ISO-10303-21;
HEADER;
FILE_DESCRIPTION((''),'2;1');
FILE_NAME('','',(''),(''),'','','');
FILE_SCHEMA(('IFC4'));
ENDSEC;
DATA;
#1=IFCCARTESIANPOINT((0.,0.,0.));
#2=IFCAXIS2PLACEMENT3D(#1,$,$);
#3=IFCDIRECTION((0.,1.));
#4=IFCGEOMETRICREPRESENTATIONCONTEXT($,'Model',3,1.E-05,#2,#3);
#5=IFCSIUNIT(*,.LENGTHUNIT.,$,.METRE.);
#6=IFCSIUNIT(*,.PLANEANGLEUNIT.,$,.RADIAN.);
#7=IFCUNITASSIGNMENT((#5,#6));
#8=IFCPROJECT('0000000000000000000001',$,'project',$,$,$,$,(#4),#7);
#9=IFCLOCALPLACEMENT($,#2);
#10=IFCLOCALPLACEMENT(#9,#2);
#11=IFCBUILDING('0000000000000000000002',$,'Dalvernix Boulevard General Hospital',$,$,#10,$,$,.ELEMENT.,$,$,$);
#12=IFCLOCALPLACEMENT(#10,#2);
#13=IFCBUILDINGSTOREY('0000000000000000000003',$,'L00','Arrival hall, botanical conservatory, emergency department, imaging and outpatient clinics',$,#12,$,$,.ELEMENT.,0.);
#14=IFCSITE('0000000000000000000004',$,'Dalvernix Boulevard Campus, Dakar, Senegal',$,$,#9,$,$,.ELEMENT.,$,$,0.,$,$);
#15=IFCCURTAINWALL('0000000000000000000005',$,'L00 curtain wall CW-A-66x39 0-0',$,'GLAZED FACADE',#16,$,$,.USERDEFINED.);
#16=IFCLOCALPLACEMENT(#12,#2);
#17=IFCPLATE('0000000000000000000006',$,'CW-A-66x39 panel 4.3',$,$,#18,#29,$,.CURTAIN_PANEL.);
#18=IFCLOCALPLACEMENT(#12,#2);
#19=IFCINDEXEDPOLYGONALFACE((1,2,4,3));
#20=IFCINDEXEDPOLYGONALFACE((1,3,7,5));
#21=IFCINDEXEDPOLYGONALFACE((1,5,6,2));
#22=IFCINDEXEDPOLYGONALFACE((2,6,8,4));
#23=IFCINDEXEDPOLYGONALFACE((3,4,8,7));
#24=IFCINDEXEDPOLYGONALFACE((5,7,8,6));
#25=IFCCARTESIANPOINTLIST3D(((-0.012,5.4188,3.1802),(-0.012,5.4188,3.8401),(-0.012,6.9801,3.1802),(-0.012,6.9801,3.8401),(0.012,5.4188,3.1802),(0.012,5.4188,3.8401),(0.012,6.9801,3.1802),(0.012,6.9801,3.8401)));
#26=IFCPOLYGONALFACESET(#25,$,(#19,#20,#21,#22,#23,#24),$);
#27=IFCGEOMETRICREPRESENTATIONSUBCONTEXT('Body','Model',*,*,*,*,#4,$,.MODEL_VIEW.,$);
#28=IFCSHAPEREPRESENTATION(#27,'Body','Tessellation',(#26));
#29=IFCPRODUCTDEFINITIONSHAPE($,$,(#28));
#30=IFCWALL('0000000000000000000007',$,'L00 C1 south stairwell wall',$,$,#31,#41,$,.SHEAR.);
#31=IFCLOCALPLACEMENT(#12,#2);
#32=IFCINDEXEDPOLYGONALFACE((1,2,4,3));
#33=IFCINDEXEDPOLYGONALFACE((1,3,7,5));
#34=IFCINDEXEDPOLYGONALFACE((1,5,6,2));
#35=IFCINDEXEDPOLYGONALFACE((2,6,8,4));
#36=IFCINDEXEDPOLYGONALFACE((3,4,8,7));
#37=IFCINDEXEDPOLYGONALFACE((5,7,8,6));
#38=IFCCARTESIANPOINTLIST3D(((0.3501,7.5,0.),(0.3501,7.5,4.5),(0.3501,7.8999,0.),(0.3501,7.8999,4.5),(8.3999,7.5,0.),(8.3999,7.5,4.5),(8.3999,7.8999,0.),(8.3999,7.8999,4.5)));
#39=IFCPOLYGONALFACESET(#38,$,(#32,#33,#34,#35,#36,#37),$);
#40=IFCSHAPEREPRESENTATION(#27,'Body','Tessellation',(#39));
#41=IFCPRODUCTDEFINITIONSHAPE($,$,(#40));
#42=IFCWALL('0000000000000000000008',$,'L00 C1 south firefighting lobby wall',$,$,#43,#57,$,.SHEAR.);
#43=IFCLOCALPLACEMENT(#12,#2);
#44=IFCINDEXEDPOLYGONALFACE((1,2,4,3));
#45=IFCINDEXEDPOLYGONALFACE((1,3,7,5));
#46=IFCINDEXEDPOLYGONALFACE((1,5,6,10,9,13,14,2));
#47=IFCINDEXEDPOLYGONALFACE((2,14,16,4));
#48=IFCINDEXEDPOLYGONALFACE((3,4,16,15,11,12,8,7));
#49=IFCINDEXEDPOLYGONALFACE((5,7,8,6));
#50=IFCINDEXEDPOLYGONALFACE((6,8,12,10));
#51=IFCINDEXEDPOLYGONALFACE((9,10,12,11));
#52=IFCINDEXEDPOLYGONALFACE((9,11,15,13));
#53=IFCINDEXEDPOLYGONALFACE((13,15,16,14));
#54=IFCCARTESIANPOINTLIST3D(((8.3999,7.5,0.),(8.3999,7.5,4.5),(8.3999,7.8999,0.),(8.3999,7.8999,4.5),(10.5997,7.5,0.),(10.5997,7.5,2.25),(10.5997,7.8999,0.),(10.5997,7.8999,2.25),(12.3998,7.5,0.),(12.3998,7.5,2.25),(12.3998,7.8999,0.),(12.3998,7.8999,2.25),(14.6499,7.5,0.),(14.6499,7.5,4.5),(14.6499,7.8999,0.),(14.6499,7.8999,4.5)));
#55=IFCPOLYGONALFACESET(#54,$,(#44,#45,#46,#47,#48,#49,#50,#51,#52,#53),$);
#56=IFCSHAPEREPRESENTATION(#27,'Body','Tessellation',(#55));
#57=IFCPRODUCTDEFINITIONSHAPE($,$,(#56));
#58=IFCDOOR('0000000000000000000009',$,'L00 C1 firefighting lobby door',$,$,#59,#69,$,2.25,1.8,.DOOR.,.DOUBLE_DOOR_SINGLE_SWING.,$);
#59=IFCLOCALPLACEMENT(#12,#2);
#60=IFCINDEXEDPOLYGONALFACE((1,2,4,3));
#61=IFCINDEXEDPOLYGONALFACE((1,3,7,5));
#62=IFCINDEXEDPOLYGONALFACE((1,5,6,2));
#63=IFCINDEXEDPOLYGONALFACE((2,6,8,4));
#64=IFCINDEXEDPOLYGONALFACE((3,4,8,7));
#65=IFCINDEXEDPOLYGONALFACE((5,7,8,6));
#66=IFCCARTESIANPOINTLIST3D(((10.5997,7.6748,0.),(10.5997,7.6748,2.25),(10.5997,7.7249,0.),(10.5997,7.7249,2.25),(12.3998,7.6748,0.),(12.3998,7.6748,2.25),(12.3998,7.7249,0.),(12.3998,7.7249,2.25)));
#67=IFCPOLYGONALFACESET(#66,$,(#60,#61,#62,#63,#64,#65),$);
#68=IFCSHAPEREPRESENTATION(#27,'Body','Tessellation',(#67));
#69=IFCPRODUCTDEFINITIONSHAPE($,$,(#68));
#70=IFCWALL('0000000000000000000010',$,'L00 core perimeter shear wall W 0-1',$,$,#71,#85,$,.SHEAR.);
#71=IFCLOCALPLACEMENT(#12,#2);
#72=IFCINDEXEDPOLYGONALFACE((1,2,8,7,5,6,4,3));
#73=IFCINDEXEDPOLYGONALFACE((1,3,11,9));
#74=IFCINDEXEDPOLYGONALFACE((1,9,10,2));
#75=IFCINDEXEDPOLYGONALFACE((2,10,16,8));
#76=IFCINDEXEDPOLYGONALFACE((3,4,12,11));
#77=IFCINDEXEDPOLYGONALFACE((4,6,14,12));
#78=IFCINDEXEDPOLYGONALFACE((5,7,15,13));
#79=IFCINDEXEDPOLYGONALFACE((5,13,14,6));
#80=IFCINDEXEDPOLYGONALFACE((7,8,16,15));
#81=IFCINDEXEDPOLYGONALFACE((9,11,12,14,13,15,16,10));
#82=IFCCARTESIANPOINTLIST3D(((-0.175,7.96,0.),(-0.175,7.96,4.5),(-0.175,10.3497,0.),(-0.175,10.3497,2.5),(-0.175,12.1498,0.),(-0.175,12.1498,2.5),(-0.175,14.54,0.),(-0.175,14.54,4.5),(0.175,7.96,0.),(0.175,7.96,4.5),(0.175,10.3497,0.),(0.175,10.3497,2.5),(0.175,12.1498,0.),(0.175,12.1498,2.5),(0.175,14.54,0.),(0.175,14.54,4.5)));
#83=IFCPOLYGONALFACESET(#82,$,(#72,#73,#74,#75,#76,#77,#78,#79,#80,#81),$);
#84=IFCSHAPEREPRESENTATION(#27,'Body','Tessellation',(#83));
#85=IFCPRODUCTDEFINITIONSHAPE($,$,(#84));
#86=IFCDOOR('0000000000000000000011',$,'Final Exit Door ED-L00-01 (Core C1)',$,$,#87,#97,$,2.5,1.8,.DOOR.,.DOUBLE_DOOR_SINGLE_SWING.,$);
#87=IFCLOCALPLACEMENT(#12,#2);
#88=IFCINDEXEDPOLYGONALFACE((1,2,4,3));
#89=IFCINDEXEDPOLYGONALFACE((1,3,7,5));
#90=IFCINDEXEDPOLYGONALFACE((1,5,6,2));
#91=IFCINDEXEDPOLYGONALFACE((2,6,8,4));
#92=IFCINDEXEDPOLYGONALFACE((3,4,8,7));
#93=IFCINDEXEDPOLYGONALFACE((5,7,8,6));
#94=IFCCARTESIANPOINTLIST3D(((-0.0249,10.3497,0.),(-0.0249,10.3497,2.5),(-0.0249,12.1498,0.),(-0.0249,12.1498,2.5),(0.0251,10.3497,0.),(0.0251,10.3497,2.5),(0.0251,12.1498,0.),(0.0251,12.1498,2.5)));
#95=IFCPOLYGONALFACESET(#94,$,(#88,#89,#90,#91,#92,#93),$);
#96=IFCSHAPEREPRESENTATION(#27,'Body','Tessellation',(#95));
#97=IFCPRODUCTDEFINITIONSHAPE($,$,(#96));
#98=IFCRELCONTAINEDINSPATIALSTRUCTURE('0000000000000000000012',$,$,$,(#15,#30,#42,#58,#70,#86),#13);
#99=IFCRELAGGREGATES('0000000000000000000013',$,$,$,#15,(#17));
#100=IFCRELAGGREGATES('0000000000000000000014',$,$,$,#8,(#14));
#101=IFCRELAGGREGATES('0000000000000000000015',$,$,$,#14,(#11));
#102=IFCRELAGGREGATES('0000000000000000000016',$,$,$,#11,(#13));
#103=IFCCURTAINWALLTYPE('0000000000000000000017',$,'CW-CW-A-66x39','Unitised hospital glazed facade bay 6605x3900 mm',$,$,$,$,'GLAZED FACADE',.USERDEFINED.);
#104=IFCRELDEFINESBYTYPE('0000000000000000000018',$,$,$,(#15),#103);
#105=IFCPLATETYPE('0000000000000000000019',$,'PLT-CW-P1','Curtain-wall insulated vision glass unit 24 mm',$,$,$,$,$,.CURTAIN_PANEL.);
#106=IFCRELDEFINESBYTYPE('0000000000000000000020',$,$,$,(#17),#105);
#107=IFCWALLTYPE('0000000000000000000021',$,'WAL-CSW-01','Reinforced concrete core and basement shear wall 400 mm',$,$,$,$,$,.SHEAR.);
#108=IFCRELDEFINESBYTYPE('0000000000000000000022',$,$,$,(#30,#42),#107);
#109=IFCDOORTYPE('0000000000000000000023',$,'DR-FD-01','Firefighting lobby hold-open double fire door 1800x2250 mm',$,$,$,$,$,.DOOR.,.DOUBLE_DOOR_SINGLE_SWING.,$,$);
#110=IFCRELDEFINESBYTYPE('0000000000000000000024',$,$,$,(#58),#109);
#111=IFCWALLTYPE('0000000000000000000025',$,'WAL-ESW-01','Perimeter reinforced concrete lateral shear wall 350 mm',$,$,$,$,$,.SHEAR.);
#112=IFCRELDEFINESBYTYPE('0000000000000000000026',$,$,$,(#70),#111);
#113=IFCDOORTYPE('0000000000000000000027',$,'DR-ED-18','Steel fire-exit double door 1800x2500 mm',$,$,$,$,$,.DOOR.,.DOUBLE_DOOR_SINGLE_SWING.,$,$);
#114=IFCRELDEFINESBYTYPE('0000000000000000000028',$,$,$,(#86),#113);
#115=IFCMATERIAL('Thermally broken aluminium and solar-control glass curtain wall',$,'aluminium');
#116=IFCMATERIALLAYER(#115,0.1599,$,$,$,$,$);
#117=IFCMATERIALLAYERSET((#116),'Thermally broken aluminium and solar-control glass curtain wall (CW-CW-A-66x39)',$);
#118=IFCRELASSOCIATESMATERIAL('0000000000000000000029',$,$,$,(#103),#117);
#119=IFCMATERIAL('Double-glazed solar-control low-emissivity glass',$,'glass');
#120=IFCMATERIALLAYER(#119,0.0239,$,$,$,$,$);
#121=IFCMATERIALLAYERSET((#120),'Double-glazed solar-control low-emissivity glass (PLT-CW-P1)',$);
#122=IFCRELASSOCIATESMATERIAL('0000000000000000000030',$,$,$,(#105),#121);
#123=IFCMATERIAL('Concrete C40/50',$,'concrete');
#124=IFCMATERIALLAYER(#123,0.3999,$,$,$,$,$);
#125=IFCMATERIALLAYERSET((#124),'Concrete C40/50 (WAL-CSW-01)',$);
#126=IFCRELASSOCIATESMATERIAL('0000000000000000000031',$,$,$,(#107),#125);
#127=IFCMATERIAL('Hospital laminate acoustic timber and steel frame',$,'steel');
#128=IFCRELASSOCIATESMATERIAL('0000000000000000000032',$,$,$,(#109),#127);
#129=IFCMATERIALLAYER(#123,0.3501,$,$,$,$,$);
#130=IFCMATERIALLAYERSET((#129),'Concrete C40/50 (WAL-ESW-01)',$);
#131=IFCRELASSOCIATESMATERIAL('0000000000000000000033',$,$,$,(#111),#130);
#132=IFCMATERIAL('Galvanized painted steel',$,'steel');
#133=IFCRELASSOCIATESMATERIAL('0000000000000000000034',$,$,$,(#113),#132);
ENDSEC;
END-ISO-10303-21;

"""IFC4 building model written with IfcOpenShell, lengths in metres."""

from ifc_helpers import new_model, si_unit, direction, frame, frame_2d, origin, origin_2d, place, context, subcontext, project, spatial, rectangle, extrude, material, layer, layer_set, type_object, element, fill, aggregate, save


model = new_model("IFC4")

# Units and contexts
model_context = context("Model", 3, precision=1e-05, world=origin(), true_north=direction((0.0, 1.0)))
body_context = subcontext(model_context, "Body", "Model", "MODEL_VIEW")
ifc_project = project(units=[si_unit("LENGTHUNIT", "METRE"), si_unit("PLANEANGLEUNIT", "RADIAN")], contexts=[model_context])

# Site, building, storey
site_placement = place(None, origin())
site = spatial("IfcSite", under=ifc_project, at=site_placement, Name="Dalvernix Boulevard Campus, Dakar, Senegal", CompositionType="ELEMENT", RefElevation=0.0)
building_placement = place(site_placement, origin())
building = spatial("IfcBuilding", under=site, at=building_placement, Name="Dalvernix Boulevard General Hospital", CompositionType="ELEMENT")
storey_placement = place(building_placement, origin())
storey = spatial("IfcBuildingStorey", under=building, at=storey_placement, Name="L00", Description="Arrival hall, botanical conservatory, emergency department, imaging and outpatient clinics", CompositionType="ELEMENT", Elevation=0.0)

# Shared definitions
ifc_material_1 = material(Name="Concrete C40/50", Category="concrete")

# Curtain wall, plate
ifc_material_2 = material(Name="Thermally broken aluminium and solar-control glass curtain wall", Category="aluminium")
ifc_layer_1 = layer(ifc_material_2, 0.1599)
ifc_layer_set_1 = layer_set([ifc_layer_1], Name="Thermally broken aluminium and solar-control glass curtain wall (CW-CW-A-66x39)")
curtain_wall_type = type_object("IfcCurtainWallType", Name="CW-CW-A-66x39", Description="Unitised hospital glazed facade bay 6605x3900 mm", ElementType="GLAZED FACADE", PredefinedType="USERDEFINED", material=ifc_layer_set_1)
curtain_wall_placement = place(storey_placement, origin())
curtain_wall = element("IfcCurtainWall", 1, at=curtain_wall_placement, inside=storey, type_object=curtain_wall_type, Name="L00 curtain wall CW-A-66x39 0-0", ObjectType="GLAZED FACADE", PredefinedType="USERDEFINED")
ifc_material_3 = material(Name="Double-glazed solar-control low-emissivity glass", Category="glass")
ifc_layer_2 = layer(ifc_material_3, 0.0239)
ifc_layer_set_2 = layer_set([ifc_layer_2], Name="Double-glazed solar-control low-emissivity glass (PLT-CW-P1)")
plate_type = type_object("IfcPlateType", Name="PLT-CW-P1", Description="Curtain-wall insulated vision glass unit 24 mm", PredefinedType="CURTAIN_PANEL", material=ifc_layer_set_2)
plate_1_placement = place(storey_placement, frame((0.0, 6.1995, 3.1802), z_axis=(0.0, 0.0, 1.0), x_axis=(0.0, 1.0, 0.0)))
plate_1 = element("IfcPlate", 2, at=plate_1_placement, type_object=plate_type, Name="CW-A-66x39 panel 4.3", PredefinedType="CURTAIN_PANEL", context=body_context, shape_type="SweptSolid", body=[
    extrude(rectangle(XDim=1.5613, YDim=0.0239, at=origin_2d()), origin(), (0.0, 0.0, 1.0), 0.6599),
])
aggregate(curtain_wall, [plate_1])

# Wall
ifc_layer_3 = layer(ifc_material_1, 0.3999)
ifc_layer_set_3 = layer_set([ifc_layer_3], Name="Concrete C40/50 (WAL-CSW-01)")
wall_type_1 = type_object("IfcWallType", Name="WAL-CSW-01", Description="Reinforced concrete core and basement shear wall 400 mm", PredefinedType="SHEAR", material=ifc_layer_set_3)
wall_1_placement = place(storey_placement, frame((0.3501, 7.7, 0.0), z_axis=(0.0, 0.0, 1.0), x_axis=(1.0, 0.0, 0.0)))
element("IfcWall", 3, at=wall_1_placement, inside=storey, type_object=wall_type_1, Name="L00 C1 south stairwell wall", PredefinedType="SHEAR", context=body_context, shape_type="SweptSolid", body=[
    extrude(rectangle(XDim=8.0498, YDim=0.3999, at=frame_2d((4.0249, 0.0))), origin(), (0.0, 0.0, 1.0), 4.5),
])

# Walls, openings, doors
wall_2_placement = place(storey_placement, frame((8.3999, 7.7, 0.0), z_axis=(0.0, 0.0, 1.0), x_axis=(1.0, 0.0, 0.0)))
wall_2 = element("IfcWall", 4, at=wall_2_placement, inside=storey, type_object=wall_type_1, Name="L00 C1 south firefighting lobby wall", PredefinedType="SHEAR", context=body_context, shape_type="SweptSolid", body=[
    extrude(rectangle(XDim=6.25, YDim=0.3999, at=frame_2d((3.125, 0.0))), origin(), (0.0, 0.0, 1.0), 4.5),
])
opening_1_placement = place(wall_2_placement, frame((2.2, 0.0, 0.0)))
opening_1 = element("IfcOpeningElement", 5, at=opening_1_placement, cuts=wall_2, PredefinedType="OPENING", context=body_context, shape_type="SweptSolid", body=[
    extrude(rectangle(XDim=1.8, YDim=2.25, at=frame_2d((0.8999, 1.125))), frame((0.0, 0.21, 0.0), z_axis=(0.0, -1.0, 0.0), x_axis=(1.0, 0.0, 0.0)), (0.0, 0.0, 1.0), 0.4199),
])
ifc_material_4 = material(Name="Hospital laminate acoustic timber and steel frame", Category="steel")
door_type_1 = type_object("IfcDoorType", Name="DR-FD-01", Description="Firefighting lobby hold-open double fire door 1800x2250 mm", OperationType="DOUBLE_DOOR_SINGLE_SWING", PredefinedType="DOOR", material=ifc_material_4)
door_1_placement = place(opening_1_placement, origin())
door_1 = element("IfcDoor", 6, at=door_1_placement, inside=storey, type_object=door_type_1, Name="L00 C1 firefighting lobby door", OperationType="DOUBLE_DOOR_SINGLE_SWING", OverallHeight=2.25, OverallWidth=1.8, PredefinedType="DOOR", context=body_context, shape_type="SweptSolid", body=[
    extrude(rectangle(XDim=1.8, YDim=2.25, at=frame_2d((0.8999, 1.125))), frame((0.0, 0.0249, 0.0), z_axis=(0.0, -1.0, 0.0), x_axis=(1.0, 0.0, 0.0)), (0.0, 0.0, 1.0), 0.05),
])
fill(opening_1, door_1)
ifc_layer_4 = layer(ifc_material_1, 0.3501)
ifc_layer_set_4 = layer_set([ifc_layer_4], Name="Concrete C40/50 (WAL-ESW-01)")
wall_type_2 = type_object("IfcWallType", Name="WAL-ESW-01", Description="Perimeter reinforced concrete lateral shear wall 350 mm", PredefinedType="SHEAR", material=ifc_layer_set_4)
wall_3_placement = place(storey_placement, frame((0.0, 7.96, 0.0), z_axis=(0.0, 0.0, 1.0), x_axis=(0.0, 1.0, 0.0)))
wall_3 = element("IfcWall", 7, at=wall_3_placement, inside=storey, type_object=wall_type_2, Name="L00 core perimeter shear wall W 0-1", PredefinedType="SHEAR", context=body_context, shape_type="SweptSolid", body=[
    extrude(rectangle(XDim=6.5801, YDim=0.3501, at=frame_2d((3.29, 0.0))), origin(), (0.0, 0.0, 1.0), 4.5),
])
opening_2_placement = place(wall_3_placement, frame((2.3899, 0.0, 0.0)))
opening_2 = element("IfcOpeningElement", 8, at=opening_2_placement, cuts=wall_3, PredefinedType="OPENING", context=body_context, shape_type="SweptSolid", body=[
    extrude(rectangle(XDim=1.8, YDim=2.5, at=frame_2d((0.8999, 1.25))), frame((0.0, 0.1851, 0.0), z_axis=(0.0, -1.0, 0.0), x_axis=(1.0, 0.0, 0.0)), (0.0, 0.0, 1.0), 0.3701),
])
ifc_material_5 = material(Name="Galvanized painted steel", Category="steel")
door_type_2 = type_object("IfcDoorType", Name="DR-ED-18", Description="Steel fire-exit double door 1800x2500 mm", OperationType="DOUBLE_DOOR_SINGLE_SWING", PredefinedType="DOOR", material=ifc_material_5)
door_2_placement = place(opening_2_placement, origin())
door_2 = element("IfcDoor", 9, at=door_2_placement, inside=storey, type_object=door_type_2, Name="Final Exit Door ED-L00-01 (Core C1)", OperationType="DOUBLE_DOOR_SINGLE_SWING", OverallHeight=2.5, OverallWidth=1.8, PredefinedType="DOOR", context=body_context, shape_type="SweptSolid", body=[
    extrude(rectangle(XDim=1.8, YDim=2.5, at=frame_2d((0.8999, 1.25))), frame((0.0, 0.0249, 0.0), z_axis=(0.0, -1.0, 0.0), x_axis=(1.0, 0.0, 0.0)), (0.0, 0.0, 1.0), 0.05),
])
fill(opening_2, door_2)

save(model, "model.ifc")
